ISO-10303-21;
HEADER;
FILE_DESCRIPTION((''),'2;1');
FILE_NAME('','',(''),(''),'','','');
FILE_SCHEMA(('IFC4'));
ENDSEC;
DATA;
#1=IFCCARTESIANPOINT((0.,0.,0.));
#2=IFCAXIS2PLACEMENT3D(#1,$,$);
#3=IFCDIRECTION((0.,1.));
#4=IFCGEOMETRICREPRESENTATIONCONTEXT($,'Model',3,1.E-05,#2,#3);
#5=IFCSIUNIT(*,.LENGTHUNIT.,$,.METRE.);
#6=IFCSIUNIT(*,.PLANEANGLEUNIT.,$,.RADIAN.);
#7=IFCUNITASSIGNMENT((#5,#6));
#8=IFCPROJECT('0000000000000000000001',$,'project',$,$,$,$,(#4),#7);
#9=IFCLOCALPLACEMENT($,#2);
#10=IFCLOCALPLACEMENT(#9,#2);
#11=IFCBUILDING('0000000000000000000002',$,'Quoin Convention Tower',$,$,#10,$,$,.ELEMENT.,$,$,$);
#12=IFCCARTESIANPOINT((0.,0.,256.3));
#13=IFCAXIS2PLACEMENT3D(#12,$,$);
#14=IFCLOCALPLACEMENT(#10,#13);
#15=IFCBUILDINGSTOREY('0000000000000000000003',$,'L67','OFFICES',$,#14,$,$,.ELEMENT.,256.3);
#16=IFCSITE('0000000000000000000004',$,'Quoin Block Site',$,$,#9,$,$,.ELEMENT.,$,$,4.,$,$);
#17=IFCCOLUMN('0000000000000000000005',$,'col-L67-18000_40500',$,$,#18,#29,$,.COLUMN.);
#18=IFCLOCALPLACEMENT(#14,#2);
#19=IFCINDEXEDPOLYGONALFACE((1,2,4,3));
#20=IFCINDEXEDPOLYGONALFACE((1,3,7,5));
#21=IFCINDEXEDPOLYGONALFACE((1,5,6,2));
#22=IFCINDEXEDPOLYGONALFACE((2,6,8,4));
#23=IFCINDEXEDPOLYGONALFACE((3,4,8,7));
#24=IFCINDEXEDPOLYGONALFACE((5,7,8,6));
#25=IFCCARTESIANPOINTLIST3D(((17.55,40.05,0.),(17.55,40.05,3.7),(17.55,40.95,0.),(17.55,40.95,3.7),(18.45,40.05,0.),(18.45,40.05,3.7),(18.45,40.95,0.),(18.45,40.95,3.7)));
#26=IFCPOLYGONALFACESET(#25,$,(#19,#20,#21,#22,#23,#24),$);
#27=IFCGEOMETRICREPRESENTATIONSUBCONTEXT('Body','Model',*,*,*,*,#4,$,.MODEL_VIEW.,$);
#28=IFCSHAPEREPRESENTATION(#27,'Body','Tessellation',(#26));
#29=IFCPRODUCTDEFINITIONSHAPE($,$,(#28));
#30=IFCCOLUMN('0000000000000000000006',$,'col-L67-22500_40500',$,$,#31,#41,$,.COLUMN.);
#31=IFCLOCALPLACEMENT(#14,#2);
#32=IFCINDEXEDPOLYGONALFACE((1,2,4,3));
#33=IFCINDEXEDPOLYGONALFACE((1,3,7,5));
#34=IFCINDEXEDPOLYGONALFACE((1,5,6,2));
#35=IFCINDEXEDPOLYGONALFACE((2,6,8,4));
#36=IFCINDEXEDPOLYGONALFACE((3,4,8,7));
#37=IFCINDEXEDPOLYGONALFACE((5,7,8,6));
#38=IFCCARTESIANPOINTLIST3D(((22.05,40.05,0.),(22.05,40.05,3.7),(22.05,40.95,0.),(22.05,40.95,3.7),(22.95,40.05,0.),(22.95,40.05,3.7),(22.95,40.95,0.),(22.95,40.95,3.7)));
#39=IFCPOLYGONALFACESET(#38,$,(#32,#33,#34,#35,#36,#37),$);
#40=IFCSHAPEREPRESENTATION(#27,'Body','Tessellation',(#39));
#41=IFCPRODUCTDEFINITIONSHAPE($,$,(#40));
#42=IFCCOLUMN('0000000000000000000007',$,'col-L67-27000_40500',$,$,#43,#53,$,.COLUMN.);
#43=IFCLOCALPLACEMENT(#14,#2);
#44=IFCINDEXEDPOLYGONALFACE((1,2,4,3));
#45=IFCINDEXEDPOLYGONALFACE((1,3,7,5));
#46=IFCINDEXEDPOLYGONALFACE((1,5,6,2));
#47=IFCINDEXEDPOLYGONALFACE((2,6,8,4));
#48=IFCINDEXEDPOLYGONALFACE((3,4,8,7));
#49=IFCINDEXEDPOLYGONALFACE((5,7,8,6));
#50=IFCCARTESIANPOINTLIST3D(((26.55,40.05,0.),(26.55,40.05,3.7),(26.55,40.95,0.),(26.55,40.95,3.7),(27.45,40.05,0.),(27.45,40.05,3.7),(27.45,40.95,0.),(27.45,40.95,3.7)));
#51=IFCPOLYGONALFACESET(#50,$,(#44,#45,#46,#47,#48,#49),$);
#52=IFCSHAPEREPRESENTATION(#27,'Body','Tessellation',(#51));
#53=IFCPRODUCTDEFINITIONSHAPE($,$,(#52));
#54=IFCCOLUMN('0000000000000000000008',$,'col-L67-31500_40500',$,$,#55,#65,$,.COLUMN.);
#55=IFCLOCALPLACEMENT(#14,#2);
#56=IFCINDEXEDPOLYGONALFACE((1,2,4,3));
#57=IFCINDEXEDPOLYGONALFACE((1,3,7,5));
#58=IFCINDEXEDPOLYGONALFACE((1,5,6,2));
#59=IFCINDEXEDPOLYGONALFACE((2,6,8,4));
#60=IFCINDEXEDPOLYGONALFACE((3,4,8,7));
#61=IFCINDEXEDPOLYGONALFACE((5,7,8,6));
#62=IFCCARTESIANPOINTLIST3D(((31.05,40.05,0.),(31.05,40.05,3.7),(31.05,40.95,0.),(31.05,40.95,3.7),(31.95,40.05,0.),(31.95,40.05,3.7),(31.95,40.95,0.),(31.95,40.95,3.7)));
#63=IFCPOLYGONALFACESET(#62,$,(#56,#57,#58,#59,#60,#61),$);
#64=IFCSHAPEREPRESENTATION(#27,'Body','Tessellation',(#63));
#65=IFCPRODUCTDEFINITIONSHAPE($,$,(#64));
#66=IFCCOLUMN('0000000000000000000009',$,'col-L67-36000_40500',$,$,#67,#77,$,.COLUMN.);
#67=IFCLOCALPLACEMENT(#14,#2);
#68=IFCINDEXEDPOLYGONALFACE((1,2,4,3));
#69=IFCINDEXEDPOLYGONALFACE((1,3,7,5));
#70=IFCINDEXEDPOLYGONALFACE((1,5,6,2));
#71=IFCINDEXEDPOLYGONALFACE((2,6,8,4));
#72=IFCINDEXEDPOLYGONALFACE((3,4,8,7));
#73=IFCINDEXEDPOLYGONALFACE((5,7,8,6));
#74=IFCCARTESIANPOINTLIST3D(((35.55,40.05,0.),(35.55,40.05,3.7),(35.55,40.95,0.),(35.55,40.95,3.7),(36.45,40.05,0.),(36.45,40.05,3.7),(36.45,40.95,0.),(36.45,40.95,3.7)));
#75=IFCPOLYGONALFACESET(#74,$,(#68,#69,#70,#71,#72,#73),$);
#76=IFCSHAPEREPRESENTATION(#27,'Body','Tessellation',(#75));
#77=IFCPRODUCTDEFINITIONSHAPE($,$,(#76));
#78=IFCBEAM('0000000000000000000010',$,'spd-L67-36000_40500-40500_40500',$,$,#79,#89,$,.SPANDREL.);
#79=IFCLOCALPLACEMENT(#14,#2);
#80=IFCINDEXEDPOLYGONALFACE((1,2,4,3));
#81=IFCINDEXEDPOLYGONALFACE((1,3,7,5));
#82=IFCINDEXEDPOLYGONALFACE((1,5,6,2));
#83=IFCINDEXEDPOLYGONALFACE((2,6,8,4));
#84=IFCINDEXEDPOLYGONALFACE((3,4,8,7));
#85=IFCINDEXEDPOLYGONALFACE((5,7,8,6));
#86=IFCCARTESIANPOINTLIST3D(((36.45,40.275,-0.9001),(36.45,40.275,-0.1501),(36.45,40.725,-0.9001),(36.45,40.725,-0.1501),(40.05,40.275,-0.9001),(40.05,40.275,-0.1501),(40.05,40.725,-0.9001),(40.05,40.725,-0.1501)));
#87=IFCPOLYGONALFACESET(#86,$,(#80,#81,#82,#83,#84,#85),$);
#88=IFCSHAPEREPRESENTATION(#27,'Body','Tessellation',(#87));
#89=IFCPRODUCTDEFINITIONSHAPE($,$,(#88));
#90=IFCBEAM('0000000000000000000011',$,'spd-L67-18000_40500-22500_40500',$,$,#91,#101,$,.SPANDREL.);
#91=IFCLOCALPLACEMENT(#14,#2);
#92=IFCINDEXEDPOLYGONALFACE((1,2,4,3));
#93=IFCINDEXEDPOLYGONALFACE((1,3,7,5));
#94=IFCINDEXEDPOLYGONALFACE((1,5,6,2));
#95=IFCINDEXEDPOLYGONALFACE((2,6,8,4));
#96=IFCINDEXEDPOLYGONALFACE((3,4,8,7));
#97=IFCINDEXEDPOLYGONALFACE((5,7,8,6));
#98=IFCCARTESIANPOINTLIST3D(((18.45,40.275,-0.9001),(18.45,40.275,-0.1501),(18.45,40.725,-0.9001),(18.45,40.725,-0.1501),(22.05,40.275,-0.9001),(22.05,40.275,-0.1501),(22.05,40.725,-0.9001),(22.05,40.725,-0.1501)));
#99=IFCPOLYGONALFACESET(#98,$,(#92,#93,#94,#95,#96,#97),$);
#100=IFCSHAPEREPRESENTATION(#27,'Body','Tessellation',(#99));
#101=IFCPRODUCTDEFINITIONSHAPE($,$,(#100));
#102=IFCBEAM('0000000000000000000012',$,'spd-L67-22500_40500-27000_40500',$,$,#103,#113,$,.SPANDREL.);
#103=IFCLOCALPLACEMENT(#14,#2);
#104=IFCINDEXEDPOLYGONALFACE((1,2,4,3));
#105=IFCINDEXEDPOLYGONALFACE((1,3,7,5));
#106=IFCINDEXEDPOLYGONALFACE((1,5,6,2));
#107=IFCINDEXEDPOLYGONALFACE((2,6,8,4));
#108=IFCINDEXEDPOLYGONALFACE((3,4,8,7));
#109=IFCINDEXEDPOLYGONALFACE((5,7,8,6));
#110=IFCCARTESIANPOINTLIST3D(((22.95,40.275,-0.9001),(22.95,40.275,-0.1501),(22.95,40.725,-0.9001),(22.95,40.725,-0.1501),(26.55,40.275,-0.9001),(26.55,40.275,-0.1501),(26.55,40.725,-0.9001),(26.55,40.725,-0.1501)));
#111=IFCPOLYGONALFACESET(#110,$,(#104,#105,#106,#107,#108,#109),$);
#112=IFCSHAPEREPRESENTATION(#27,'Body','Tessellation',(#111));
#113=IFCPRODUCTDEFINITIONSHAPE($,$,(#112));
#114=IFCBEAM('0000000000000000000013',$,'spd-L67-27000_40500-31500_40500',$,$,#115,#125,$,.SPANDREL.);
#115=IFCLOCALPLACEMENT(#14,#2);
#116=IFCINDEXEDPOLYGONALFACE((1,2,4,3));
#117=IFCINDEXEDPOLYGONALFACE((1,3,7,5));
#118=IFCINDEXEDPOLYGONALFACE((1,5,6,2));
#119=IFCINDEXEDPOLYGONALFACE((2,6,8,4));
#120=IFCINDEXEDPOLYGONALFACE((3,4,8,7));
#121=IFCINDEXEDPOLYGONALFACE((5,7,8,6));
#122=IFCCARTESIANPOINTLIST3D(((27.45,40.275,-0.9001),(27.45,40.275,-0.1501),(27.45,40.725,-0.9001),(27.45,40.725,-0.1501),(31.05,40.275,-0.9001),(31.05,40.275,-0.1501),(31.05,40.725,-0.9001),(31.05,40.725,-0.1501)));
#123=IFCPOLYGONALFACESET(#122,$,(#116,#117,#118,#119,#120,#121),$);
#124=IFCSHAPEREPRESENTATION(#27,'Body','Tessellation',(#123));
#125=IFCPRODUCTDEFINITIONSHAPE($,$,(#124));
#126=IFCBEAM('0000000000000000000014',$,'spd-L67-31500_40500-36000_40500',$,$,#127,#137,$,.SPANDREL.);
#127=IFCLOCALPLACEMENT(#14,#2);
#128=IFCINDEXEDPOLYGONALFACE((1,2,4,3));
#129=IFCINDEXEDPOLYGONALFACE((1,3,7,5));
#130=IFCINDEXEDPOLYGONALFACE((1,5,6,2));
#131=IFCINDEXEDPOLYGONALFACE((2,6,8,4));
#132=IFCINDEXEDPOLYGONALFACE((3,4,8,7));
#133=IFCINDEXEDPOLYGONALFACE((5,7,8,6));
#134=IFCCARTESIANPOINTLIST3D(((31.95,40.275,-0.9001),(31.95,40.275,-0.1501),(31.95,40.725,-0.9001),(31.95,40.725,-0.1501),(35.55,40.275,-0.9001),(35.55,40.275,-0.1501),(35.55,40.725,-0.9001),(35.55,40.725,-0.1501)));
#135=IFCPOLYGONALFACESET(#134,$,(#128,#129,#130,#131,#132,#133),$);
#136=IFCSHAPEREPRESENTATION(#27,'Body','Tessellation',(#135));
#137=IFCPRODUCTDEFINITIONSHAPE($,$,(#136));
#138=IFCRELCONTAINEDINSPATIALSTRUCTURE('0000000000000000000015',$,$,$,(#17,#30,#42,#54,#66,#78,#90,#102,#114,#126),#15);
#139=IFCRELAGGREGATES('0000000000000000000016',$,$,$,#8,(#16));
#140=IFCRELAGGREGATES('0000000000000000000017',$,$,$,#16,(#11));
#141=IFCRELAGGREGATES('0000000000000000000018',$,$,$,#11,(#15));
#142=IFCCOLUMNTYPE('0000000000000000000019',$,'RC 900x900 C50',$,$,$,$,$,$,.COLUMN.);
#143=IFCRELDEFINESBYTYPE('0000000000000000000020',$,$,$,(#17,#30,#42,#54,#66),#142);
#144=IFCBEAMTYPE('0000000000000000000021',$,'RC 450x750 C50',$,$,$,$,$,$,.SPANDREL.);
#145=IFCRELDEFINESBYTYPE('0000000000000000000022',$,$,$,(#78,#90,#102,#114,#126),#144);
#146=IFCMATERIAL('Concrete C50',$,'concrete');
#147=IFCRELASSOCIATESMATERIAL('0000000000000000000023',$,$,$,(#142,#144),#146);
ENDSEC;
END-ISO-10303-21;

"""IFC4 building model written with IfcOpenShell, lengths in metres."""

from ifc_helpers import new_model, si_unit, direction, frame, origin, origin_2d, place, context, subcontext, project, spatial, rectangle, extrude, material, material_profile, profile_set, type_object, element, save


model = new_model("IFC4")

# Units and contexts
model_context = context("Model", 3, precision=1e-05, world=origin(), true_north=direction((0.0, 1.0)))
body_context = subcontext(model_context, "Body", "Model", "MODEL_VIEW")
ifc_project = project(units=[si_unit("LENGTHUNIT", "METRE"), si_unit("PLANEANGLEUNIT", "RADIAN")], contexts=[model_context])

# Site, building, storey
site_placement = place(None, origin())
site = spatial("IfcSite", under=ifc_project, at=site_placement, Name="Quoin Block Site", CompositionType="ELEMENT", RefElevation=4.0)
building_placement = place(site_placement, origin())
building = spatial("IfcBuilding", under=site, at=building_placement, Name="Quoin Convention Tower", CompositionType="ELEMENT")
storey_placement = place(building_placement, frame((0.0, 0.0, 256.3)))
storey = spatial("IfcBuildingStorey", under=building, at=storey_placement, Name="L67", Description="OFFICES", CompositionType="ELEMENT", Elevation=256.3)

# Columns
ifc_material = material(Name="Concrete C50", Category="concrete")
ifc_material_profile_1 = material_profile(ifc_material, rectangle(XDim=0.8999, YDim=0.8999, at=origin_2d()), Name="RC 900x900")
ifc_profile_set_1 = profile_set([ifc_material_profile_1], Name="Concrete C50")
column_type = type_object("IfcColumnType", Name="RC 900x900 C50", PredefinedType="COLUMN", material=ifc_profile_set_1)
for number, where, z_axis, x_axis, name in (
    (1, (18.0, 40.5, 0.0), (0.0, 0.0, 1.0), (1.0, 0.0, 0.0), "col-L67-18000_40500"),
    (2, (22.5, 40.5, 0.0), (0.0, 0.0, 1.0), (1.0, 0.0, 0.0), "col-L67-22500_40500"),
    (3, (27.0, 40.5, 0.0), (0.0, 0.0, 1.0), (1.0, 0.0, 0.0), "col-L67-27000_40500"),
    (4, (31.5, 40.5, 0.0), (0.0, 0.0, 1.0), (1.0, 0.0, 0.0), "col-L67-31500_40500"),
    (5, (36.0, 40.5, 0.0), (0.0, 0.0, 1.0), (1.0, 0.0, 0.0), "col-L67-36000_40500"),
):
    element("IfcColumn", number, at=place(storey_placement, frame(where, z_axis=z_axis, x_axis=x_axis)), inside=storey, type_object=column_type, Name=name, PredefinedType="COLUMN", context=body_context, shape_type="SweptSolid", body=[
        extrude(rectangle(XDim=0.8999, YDim=0.8999, at=origin_2d()), origin(), (0.0, 0.0, 1.0), 3.7),
    ])

# Beams
ifc_material_profile_2 = material_profile(ifc_material, rectangle(XDim=0.45, YDim=0.75, at=origin_2d()), Name="RC 450x750")
ifc_profile_set_2 = profile_set([ifc_material_profile_2], Name="Concrete C50")
beam_type = type_object("IfcBeamType", Name="RC 450x750 C50", PredefinedType="SPANDREL", material=ifc_profile_set_2)
for number, where, z_axis, x_axis, name in (
    (6, (36.45, 40.5, -0.5251), (1.0, 0.0, 0.0), (0.0, 1.0, 0.0), "spd-L67-36000_40500-40500_40500"),
    (7, (18.45, 40.5, -0.5251), (1.0, 0.0, 0.0), (0.0, 1.0, 0.0), "spd-L67-18000_40500-22500_40500"),
    (8, (22.95, 40.5, -0.5251), (1.0, 0.0, 0.0), (0.0, 1.0, 0.0), "spd-L67-22500_40500-27000_40500"),
    (9, (27.45, 40.5, -0.5251), (1.0, 0.0, 0.0), (0.0, 1.0, 0.0), "spd-L67-27000_40500-31500_40500"),
    (10, (31.95, 40.5, -0.5251), (1.0, 0.0, 0.0), (0.0, 1.0, 0.0), "spd-L67-31500_40500-36000_40500"),
):
    element("IfcBeam", number, at=place(storey_placement, frame(where, z_axis=z_axis, x_axis=x_axis)), inside=storey, type_object=beam_type, Name=name, PredefinedType="SPANDREL", context=body_context, shape_type="SweptSolid", body=[
        extrude(rectangle(XDim=0.45, YDim=0.75, at=origin_2d()), origin(), (0.0, 0.0, 1.0), 3.6001),
    ])

save(model, "model.ifc")
